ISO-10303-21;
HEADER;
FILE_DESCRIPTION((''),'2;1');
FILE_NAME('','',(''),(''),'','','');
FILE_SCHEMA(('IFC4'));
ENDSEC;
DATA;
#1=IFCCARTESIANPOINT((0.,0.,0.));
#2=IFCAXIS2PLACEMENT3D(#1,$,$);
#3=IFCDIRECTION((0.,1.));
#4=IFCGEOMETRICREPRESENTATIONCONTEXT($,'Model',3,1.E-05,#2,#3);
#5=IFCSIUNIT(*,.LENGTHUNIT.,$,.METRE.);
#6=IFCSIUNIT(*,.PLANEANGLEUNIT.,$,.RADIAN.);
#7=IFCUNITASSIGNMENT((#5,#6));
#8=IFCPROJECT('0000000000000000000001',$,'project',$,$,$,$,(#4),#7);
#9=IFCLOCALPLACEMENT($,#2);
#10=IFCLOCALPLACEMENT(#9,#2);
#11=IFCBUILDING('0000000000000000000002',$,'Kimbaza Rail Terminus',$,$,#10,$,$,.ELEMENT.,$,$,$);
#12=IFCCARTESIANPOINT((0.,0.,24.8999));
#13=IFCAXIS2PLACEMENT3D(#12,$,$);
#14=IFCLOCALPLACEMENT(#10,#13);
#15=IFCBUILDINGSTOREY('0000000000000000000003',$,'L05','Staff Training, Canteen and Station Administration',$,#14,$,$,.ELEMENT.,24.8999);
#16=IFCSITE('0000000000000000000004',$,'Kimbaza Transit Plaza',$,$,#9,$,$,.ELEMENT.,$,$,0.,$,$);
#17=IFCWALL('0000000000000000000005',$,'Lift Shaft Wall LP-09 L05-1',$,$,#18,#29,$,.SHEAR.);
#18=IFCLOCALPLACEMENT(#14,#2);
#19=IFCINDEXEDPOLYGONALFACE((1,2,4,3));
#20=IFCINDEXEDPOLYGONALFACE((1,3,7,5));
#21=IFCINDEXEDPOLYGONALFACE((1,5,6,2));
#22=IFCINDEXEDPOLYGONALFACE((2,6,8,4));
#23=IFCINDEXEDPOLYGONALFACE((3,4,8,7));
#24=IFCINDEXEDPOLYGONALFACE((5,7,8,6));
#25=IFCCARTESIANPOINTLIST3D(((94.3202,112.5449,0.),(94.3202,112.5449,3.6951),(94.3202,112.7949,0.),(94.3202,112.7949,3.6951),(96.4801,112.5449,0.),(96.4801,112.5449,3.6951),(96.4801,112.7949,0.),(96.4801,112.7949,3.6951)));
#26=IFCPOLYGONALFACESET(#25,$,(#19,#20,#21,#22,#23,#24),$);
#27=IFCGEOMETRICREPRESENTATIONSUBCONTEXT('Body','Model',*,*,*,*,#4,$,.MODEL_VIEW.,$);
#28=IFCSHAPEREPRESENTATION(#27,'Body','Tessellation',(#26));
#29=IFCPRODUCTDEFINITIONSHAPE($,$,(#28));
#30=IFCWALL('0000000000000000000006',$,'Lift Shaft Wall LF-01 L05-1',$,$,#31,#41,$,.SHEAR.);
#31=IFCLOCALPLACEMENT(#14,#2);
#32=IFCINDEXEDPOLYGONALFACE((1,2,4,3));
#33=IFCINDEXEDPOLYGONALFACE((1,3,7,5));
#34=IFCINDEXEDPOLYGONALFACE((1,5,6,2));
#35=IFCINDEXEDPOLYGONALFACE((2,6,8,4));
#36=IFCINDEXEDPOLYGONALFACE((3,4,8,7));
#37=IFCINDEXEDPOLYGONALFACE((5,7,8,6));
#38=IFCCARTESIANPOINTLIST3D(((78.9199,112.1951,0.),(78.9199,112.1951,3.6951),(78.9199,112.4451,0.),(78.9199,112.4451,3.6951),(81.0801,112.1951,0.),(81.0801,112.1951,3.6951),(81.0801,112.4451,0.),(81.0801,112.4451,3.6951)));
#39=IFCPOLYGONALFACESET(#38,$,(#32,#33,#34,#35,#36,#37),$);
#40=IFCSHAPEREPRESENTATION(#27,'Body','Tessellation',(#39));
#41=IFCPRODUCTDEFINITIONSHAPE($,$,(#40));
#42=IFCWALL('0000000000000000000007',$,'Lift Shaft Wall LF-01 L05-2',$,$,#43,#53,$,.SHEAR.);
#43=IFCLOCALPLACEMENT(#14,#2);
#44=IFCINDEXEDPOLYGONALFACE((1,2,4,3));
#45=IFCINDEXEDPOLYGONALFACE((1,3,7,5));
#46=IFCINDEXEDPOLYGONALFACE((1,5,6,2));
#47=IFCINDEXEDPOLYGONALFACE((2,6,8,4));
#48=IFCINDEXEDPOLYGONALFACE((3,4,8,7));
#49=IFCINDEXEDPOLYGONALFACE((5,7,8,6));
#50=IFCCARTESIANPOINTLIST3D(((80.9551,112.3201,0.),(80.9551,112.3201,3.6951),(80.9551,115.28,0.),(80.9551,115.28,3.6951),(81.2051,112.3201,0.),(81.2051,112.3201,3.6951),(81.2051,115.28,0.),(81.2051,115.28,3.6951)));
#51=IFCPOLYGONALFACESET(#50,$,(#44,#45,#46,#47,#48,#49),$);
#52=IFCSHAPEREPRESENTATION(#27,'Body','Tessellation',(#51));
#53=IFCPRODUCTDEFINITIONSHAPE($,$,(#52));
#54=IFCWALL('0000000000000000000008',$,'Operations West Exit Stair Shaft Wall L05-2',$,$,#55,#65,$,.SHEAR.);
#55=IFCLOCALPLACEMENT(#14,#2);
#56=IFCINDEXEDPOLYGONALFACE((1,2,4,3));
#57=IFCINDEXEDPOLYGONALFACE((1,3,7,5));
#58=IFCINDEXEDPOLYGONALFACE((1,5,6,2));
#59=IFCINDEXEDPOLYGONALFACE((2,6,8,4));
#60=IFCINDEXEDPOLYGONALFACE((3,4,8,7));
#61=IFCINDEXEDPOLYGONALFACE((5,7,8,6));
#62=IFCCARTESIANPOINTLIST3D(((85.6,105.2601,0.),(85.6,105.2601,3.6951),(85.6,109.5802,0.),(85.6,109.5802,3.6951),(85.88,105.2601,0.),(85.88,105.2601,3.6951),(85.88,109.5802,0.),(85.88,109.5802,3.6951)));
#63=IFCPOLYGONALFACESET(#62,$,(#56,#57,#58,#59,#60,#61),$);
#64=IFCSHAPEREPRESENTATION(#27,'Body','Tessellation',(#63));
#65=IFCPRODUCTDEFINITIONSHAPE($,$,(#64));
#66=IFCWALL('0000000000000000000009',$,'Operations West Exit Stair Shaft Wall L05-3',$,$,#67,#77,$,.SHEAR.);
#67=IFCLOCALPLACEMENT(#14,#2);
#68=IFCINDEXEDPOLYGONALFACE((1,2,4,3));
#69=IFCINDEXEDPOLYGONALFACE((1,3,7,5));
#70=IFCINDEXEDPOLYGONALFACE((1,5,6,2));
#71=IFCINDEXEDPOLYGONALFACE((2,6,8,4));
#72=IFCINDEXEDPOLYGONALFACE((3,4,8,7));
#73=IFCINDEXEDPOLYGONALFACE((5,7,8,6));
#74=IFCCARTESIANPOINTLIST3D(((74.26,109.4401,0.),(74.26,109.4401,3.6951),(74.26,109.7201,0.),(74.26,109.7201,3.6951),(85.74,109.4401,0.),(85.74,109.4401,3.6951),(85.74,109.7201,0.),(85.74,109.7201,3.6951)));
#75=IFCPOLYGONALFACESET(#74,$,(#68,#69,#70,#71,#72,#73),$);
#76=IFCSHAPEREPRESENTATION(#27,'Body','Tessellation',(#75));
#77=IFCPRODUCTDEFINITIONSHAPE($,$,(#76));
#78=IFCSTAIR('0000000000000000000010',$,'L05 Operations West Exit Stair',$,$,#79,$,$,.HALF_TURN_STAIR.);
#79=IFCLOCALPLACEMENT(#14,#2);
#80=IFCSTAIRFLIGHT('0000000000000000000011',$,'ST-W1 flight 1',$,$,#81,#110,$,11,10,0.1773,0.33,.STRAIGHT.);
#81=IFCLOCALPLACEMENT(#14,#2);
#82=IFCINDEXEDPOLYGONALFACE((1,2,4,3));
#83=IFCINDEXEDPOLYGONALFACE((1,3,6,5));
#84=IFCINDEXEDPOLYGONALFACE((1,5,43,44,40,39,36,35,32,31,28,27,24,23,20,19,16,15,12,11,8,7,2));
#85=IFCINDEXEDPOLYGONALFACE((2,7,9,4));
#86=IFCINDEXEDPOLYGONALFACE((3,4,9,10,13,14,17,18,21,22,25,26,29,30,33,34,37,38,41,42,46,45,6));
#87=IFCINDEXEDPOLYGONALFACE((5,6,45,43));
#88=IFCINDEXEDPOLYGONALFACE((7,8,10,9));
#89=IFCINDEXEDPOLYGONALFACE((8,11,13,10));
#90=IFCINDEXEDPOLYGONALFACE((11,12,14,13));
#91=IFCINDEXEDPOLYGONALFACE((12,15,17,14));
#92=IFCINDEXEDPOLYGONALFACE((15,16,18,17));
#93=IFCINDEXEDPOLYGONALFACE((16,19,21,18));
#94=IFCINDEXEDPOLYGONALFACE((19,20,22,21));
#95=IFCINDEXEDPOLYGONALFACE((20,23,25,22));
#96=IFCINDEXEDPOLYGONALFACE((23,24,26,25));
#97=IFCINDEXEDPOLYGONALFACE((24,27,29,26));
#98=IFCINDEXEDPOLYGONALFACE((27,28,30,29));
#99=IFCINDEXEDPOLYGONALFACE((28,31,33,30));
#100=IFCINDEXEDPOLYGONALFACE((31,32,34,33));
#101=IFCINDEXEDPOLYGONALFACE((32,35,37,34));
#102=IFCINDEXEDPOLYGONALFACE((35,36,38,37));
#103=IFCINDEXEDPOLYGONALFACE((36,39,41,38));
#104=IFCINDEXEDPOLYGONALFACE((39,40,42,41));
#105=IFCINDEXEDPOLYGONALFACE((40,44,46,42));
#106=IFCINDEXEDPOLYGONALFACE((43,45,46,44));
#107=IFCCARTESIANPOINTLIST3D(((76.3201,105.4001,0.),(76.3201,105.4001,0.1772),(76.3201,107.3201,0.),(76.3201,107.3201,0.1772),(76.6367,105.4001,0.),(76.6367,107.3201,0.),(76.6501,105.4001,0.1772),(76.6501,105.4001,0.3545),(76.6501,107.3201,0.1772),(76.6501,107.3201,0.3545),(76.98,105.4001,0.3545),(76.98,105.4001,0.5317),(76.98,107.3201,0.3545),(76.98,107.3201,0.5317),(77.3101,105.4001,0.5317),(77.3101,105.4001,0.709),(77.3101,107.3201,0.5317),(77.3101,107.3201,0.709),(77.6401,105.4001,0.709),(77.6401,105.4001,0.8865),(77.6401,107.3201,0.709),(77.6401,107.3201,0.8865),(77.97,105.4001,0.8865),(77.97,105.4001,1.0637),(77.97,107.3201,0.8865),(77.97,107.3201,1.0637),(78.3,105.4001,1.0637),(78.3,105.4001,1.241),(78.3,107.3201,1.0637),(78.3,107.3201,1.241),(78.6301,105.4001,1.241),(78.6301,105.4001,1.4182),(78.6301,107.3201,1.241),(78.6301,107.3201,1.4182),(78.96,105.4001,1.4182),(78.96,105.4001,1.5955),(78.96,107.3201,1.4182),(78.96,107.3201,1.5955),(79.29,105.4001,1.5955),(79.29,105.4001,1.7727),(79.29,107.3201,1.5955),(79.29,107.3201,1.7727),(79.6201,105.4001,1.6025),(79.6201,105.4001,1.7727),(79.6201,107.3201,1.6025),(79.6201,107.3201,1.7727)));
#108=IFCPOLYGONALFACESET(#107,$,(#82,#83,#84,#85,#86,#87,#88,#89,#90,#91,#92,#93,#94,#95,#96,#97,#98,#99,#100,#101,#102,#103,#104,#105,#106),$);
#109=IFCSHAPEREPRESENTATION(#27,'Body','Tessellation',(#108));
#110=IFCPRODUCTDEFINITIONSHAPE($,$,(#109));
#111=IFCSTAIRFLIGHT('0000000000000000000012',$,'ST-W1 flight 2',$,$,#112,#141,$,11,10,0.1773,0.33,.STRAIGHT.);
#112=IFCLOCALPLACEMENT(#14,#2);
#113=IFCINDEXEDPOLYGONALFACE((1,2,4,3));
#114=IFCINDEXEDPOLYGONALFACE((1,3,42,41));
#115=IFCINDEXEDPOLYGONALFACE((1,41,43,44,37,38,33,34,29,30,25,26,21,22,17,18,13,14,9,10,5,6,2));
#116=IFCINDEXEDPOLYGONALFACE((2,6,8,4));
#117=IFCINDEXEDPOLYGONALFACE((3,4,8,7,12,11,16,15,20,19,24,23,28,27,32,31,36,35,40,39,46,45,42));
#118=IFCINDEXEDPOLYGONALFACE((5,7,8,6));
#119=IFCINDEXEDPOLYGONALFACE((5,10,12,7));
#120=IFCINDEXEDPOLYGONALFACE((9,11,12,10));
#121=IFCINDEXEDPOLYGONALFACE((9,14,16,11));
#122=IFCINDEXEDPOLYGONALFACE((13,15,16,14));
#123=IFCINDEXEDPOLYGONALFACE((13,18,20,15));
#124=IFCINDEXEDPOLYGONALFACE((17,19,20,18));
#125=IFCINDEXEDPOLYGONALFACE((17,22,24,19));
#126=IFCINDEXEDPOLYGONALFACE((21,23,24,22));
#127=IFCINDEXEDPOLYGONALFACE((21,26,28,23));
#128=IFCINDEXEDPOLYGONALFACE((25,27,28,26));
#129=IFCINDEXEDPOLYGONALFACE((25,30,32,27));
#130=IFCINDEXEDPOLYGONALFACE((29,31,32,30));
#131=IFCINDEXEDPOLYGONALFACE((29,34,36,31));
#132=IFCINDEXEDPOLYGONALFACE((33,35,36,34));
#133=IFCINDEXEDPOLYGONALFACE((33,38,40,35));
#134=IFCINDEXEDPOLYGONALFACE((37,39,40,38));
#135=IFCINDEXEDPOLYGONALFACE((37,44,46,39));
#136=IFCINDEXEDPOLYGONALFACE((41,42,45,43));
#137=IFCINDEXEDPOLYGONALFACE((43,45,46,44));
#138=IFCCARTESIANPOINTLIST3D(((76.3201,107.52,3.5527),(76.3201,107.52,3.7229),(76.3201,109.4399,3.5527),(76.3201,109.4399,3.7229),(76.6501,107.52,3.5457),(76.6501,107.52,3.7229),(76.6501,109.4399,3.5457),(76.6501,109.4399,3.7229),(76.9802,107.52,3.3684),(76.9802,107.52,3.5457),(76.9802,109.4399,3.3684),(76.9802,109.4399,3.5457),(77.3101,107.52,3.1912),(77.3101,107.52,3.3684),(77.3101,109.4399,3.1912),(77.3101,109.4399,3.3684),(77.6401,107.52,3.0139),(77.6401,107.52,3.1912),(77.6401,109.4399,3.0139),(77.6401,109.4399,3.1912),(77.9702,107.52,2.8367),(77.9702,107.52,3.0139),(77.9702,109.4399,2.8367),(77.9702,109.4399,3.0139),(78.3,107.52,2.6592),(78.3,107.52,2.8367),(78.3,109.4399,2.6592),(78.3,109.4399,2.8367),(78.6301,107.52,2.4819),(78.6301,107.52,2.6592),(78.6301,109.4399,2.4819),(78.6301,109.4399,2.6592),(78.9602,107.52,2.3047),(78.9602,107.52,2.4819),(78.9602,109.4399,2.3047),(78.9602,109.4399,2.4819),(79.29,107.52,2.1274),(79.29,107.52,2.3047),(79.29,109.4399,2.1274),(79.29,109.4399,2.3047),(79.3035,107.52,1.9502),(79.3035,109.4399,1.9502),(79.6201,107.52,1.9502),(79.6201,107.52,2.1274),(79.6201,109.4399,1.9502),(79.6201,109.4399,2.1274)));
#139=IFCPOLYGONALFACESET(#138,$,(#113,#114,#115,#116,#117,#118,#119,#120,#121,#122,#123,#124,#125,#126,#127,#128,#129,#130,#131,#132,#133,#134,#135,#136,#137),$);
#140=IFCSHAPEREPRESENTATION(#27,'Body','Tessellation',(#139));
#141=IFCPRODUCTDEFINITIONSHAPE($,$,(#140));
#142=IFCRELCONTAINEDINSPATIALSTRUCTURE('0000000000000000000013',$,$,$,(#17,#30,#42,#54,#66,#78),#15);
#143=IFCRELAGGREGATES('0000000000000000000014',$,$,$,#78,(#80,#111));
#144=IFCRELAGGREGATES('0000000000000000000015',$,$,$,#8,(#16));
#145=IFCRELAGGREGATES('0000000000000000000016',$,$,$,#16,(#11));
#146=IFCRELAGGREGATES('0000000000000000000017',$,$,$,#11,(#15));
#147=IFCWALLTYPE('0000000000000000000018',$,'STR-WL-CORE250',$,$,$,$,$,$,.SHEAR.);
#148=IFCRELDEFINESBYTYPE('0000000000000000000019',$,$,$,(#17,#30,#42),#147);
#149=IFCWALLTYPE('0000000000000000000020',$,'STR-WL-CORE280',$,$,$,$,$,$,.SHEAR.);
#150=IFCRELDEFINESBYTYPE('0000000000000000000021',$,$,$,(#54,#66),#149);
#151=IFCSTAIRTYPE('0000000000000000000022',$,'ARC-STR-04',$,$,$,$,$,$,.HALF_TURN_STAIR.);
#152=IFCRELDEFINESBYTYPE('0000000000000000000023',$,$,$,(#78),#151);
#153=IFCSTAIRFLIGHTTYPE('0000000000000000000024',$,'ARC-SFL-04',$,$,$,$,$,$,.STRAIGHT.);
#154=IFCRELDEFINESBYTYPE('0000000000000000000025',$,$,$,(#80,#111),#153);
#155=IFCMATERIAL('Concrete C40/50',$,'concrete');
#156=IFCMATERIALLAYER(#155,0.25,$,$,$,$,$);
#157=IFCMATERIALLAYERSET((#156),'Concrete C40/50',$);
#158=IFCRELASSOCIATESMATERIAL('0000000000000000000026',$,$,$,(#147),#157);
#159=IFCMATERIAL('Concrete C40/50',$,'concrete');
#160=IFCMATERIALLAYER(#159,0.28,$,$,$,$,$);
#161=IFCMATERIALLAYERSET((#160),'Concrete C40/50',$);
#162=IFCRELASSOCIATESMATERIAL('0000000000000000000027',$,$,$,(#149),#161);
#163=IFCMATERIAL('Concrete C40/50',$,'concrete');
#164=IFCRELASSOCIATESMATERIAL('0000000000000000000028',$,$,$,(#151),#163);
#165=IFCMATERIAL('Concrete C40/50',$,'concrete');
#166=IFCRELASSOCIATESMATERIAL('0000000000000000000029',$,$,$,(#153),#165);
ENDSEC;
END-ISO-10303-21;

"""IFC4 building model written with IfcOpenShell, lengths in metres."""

from ifc_helpers import new_model, si_unit, direction, frame, frame_2d, origin, place, context, subcontext, project, spatial, polyline, rectangle, outline, extrude, material, layer, layer_set, type_object, element, aggregate, save


model = new_model("IFC4")

# Units and contexts
model_context = context("Model", 3, precision=1e-05, world=origin(), true_north=direction((0.0, 1.0)))
body_context = subcontext(model_context, "Body", "Model", "MODEL_VIEW")
ifc_project = project(units=[si_unit("LENGTHUNIT", "METRE"), si_unit("PLANEANGLEUNIT", "RADIAN")], contexts=[model_context])

# Site, building, storey
site_placement = place(None, origin())
site = spatial("IfcSite", under=ifc_project, at=site_placement, Name="Kimbaza Transit Plaza", CompositionType="ELEMENT", RefElevation=0.0)
building_placement = place(site_placement, origin())
building = spatial("IfcBuilding", under=site, at=building_placement, Name="Kimbaza Rail Terminus", CompositionType="ELEMENT")
storey_placement = place(building_placement, frame((0.0, 0.0, 24.8999)))
storey = spatial("IfcBuildingStorey", under=building, at=storey_placement, Name="L05", Description="Staff Training, Canteen and Station Administration", CompositionType="ELEMENT", Elevation=24.8999)

# Walls
ifc_material_1 = material(Name="Concrete C40/50", Category="concrete")
ifc_layer_1 = layer(ifc_material_1, 0.25)
ifc_layer_set_1 = layer_set([ifc_layer_1], Name="Concrete C40/50")
wall_type_1 = type_object("IfcWallType", Name="STR-WL-CORE250", PredefinedType="SHEAR", material=ifc_layer_set_1)
wall_1_placement = place(storey_placement, frame((94.3201, 112.6699, 0.0), z_axis=(0.0, 0.0, 1.0), x_axis=(1.0, 0.0, 0.0)))
element("IfcWall", 1, at=wall_1_placement, inside=storey, type_object=wall_type_1, Name="Lift Shaft Wall LP-09 L05-1", PredefinedType="SHEAR", context=body_context, shape_type="SweptSolid", body=[
    extrude(rectangle(XDim=2.1599, YDim=0.25, at=frame_2d((1.0801, 0.0))), origin(), (0.0, 0.0, 1.0), 3.6951),
])
wall_2_placement = place(storey_placement, frame((78.9199, 112.3201, 0.0), z_axis=(0.0, 0.0, 1.0), x_axis=(1.0, 0.0, 0.0)))
element("IfcWall", 2, at=wall_2_placement, inside=storey, type_object=wall_type_1, Name="Lift Shaft Wall LF-01 L05-1", PredefinedType="SHEAR", context=body_context, shape_type="SweptSolid", body=[
    extrude(rectangle(XDim=2.1602, YDim=0.25, at=frame_2d((1.0801, 0.0))), origin(), (0.0, 0.0, 1.0), 3.6951),
])
wall_3_placement = place(storey_placement, frame((81.0801, 112.3201, 0.0), z_axis=(0.0, 0.0, 1.0), x_axis=(0.0, 1.0, 0.0)))
element("IfcWall", 3, at=wall_3_placement, inside=storey, type_object=wall_type_1, Name="Lift Shaft Wall LF-01 L05-2", PredefinedType="SHEAR", context=body_context, shape_type="SweptSolid", body=[
    extrude(rectangle(XDim=2.96, YDim=0.25, at=frame_2d((1.48, 0.0))), origin(), (0.0, 0.0, 1.0), 3.6951),
])
ifc_material_2 = material(Name="Concrete C40/50", Category="concrete")
ifc_layer_2 = layer(ifc_material_2, 0.28)
ifc_layer_set_2 = layer_set([ifc_layer_2], Name="Concrete C40/50")
wall_type_2 = type_object("IfcWallType", Name="STR-WL-CORE280", PredefinedType="SHEAR", material=ifc_layer_set_2)
wall_4_placement = place(storey_placement, frame((85.74, 105.26, 0.0), z_axis=(0.0, 0.0, 1.0), x_axis=(0.0, 1.0, 0.0)))
element("IfcWall", 4, at=wall_4_placement, inside=storey, type_object=wall_type_2, Name="Operations West Exit Stair Shaft Wall L05-2", PredefinedType="SHEAR", context=body_context, shape_type="SweptSolid", body=[
    extrude(rectangle(XDim=4.3201, YDim=0.28, at=frame_2d((2.1602, 0.0))), origin(), (0.0, 0.0, 1.0), 3.6951),
])
wall_5_placement = place(storey_placement, frame((85.74, 109.5801, 0.0), z_axis=(0.0, 0.0, 1.0), x_axis=(-1.0, 0.0, 0.0)))
element("IfcWall", 5, at=wall_5_placement, inside=storey, type_object=wall_type_2, Name="Operations West Exit Stair Shaft Wall L05-3", PredefinedType="SHEAR", context=body_context, shape_type="SweptSolid", body=[
    extrude(rectangle(XDim=11.48, YDim=0.28, at=frame_2d((5.74, 0.0))), origin(), (0.0, 0.0, 1.0), 3.6951),
])

# Stair, stair flights
ifc_material_3 = material(Name="Concrete C40/50", Category="concrete")
stair_type = type_object("IfcStairType", Name="ARC-STR-04", PredefinedType="HALF_TURN_STAIR", material=ifc_material_3)
stair_placement = place(storey_placement, origin())
stair = element("IfcStair", 6, at=stair_placement, inside=storey, type_object=stair_type, Name="L05 Operations West Exit Stair", PredefinedType="HALF_TURN_STAIR")
ifc_material_4 = material(Name="Concrete C40/50", Category="concrete")
stair_flight_type = type_object("IfcStairFlightType", Name="ARC-SFL-04", PredefinedType="STRAIGHT", material=ifc_material_4)
stair_flight_1_placement = place(storey_placement, frame((76.3201, 106.3601, 0.0), z_axis=(0.0, 0.0, 1.0), x_axis=(1.0, 0.0, 0.0)))
stair_flight_1 = element("IfcStairFlight", 7, at=stair_flight_1_placement, type_object=stair_flight_type, Name="ST-W1 flight 1", NumberOfRisers=11, NumberOfTreads=10, PredefinedType="STRAIGHT", RiserHeight=0.1773, TreadLength=0.33, context=body_context, shape_type="SweptSolid", body=[
    extrude(outline(polyline([(0.0, 0.0), (0.0, 0.1772), (0.3301, 0.1772), (0.3301, 0.3545), (0.6599, 0.3545), (0.6599, 0.5317), (0.99, 0.5317), (0.99, 0.709), (1.3201, 0.709), (1.3201, 0.8865), (1.6499, 0.8865), (1.6499, 1.0637), (1.98, 1.0637), (1.98, 1.241), (2.3101, 1.241), (2.3101, 1.4182), (2.6399, 1.4182), (2.6399, 1.5955), (2.97, 1.5955), (2.97, 1.7727), (3.3, 1.7727), (3.3, 1.95), (3.3, 1.6025), (0.3167, 0.0), (0.0, 0.0)])), frame((0.0, 0.96, 0.0), z_axis=(0.0, -1.0, 0.0), x_axis=(1.0, 0.0, 0.0)), (0.0, 0.0, 1.0), 1.9199),
])
stair_flight_2_placement = place(storey_placement, frame((79.6201, 108.48, 1.9502), z_axis=(0.0, 0.0, 1.0), x_axis=(-1.0, 0.0, 0.0)))
stair_flight_2 = element("IfcStairFlight", 8, at=stair_flight_2_placement, type_object=stair_flight_type, Name="ST-W1 flight 2", NumberOfRisers=11, NumberOfTreads=10, PredefinedType="STRAIGHT", RiserHeight=0.1773, TreadLength=0.33, context=body_context, shape_type="SweptSolid", body=[
    extrude(outline(polyline([(0.0, 0.0), (0.0, 0.1772), (0.3301, 0.1772), (0.3301, 0.3545), (0.6599, 0.3545), (0.6599, 0.5317), (0.99, 0.5317), (0.99, 0.709), (1.3201, 0.709), (1.3201, 0.8865), (1.6499, 0.8865), (1.6499, 1.0637), (1.98, 1.0637), (1.98, 1.241), (2.3101, 1.241), (2.3101, 1.4182), (2.6399, 1.4182), (2.6399, 1.5955), (2.97, 1.5955), (2.97, 1.7727), (3.3, 1.7727), (3.3, 1.95), (3.3, 1.6025), (0.3167, 0.0), (0.0, 0.0)])), frame((0.0, 0.96, 0.0), z_axis=(0.0, -1.0, 0.0), x_axis=(1.0, 0.0, 0.0)), (0.0, 0.0, 1.0), 1.9199),
])
aggregate(stair, [stair_flight_1, stair_flight_2])

save(model, "model.ifc")
